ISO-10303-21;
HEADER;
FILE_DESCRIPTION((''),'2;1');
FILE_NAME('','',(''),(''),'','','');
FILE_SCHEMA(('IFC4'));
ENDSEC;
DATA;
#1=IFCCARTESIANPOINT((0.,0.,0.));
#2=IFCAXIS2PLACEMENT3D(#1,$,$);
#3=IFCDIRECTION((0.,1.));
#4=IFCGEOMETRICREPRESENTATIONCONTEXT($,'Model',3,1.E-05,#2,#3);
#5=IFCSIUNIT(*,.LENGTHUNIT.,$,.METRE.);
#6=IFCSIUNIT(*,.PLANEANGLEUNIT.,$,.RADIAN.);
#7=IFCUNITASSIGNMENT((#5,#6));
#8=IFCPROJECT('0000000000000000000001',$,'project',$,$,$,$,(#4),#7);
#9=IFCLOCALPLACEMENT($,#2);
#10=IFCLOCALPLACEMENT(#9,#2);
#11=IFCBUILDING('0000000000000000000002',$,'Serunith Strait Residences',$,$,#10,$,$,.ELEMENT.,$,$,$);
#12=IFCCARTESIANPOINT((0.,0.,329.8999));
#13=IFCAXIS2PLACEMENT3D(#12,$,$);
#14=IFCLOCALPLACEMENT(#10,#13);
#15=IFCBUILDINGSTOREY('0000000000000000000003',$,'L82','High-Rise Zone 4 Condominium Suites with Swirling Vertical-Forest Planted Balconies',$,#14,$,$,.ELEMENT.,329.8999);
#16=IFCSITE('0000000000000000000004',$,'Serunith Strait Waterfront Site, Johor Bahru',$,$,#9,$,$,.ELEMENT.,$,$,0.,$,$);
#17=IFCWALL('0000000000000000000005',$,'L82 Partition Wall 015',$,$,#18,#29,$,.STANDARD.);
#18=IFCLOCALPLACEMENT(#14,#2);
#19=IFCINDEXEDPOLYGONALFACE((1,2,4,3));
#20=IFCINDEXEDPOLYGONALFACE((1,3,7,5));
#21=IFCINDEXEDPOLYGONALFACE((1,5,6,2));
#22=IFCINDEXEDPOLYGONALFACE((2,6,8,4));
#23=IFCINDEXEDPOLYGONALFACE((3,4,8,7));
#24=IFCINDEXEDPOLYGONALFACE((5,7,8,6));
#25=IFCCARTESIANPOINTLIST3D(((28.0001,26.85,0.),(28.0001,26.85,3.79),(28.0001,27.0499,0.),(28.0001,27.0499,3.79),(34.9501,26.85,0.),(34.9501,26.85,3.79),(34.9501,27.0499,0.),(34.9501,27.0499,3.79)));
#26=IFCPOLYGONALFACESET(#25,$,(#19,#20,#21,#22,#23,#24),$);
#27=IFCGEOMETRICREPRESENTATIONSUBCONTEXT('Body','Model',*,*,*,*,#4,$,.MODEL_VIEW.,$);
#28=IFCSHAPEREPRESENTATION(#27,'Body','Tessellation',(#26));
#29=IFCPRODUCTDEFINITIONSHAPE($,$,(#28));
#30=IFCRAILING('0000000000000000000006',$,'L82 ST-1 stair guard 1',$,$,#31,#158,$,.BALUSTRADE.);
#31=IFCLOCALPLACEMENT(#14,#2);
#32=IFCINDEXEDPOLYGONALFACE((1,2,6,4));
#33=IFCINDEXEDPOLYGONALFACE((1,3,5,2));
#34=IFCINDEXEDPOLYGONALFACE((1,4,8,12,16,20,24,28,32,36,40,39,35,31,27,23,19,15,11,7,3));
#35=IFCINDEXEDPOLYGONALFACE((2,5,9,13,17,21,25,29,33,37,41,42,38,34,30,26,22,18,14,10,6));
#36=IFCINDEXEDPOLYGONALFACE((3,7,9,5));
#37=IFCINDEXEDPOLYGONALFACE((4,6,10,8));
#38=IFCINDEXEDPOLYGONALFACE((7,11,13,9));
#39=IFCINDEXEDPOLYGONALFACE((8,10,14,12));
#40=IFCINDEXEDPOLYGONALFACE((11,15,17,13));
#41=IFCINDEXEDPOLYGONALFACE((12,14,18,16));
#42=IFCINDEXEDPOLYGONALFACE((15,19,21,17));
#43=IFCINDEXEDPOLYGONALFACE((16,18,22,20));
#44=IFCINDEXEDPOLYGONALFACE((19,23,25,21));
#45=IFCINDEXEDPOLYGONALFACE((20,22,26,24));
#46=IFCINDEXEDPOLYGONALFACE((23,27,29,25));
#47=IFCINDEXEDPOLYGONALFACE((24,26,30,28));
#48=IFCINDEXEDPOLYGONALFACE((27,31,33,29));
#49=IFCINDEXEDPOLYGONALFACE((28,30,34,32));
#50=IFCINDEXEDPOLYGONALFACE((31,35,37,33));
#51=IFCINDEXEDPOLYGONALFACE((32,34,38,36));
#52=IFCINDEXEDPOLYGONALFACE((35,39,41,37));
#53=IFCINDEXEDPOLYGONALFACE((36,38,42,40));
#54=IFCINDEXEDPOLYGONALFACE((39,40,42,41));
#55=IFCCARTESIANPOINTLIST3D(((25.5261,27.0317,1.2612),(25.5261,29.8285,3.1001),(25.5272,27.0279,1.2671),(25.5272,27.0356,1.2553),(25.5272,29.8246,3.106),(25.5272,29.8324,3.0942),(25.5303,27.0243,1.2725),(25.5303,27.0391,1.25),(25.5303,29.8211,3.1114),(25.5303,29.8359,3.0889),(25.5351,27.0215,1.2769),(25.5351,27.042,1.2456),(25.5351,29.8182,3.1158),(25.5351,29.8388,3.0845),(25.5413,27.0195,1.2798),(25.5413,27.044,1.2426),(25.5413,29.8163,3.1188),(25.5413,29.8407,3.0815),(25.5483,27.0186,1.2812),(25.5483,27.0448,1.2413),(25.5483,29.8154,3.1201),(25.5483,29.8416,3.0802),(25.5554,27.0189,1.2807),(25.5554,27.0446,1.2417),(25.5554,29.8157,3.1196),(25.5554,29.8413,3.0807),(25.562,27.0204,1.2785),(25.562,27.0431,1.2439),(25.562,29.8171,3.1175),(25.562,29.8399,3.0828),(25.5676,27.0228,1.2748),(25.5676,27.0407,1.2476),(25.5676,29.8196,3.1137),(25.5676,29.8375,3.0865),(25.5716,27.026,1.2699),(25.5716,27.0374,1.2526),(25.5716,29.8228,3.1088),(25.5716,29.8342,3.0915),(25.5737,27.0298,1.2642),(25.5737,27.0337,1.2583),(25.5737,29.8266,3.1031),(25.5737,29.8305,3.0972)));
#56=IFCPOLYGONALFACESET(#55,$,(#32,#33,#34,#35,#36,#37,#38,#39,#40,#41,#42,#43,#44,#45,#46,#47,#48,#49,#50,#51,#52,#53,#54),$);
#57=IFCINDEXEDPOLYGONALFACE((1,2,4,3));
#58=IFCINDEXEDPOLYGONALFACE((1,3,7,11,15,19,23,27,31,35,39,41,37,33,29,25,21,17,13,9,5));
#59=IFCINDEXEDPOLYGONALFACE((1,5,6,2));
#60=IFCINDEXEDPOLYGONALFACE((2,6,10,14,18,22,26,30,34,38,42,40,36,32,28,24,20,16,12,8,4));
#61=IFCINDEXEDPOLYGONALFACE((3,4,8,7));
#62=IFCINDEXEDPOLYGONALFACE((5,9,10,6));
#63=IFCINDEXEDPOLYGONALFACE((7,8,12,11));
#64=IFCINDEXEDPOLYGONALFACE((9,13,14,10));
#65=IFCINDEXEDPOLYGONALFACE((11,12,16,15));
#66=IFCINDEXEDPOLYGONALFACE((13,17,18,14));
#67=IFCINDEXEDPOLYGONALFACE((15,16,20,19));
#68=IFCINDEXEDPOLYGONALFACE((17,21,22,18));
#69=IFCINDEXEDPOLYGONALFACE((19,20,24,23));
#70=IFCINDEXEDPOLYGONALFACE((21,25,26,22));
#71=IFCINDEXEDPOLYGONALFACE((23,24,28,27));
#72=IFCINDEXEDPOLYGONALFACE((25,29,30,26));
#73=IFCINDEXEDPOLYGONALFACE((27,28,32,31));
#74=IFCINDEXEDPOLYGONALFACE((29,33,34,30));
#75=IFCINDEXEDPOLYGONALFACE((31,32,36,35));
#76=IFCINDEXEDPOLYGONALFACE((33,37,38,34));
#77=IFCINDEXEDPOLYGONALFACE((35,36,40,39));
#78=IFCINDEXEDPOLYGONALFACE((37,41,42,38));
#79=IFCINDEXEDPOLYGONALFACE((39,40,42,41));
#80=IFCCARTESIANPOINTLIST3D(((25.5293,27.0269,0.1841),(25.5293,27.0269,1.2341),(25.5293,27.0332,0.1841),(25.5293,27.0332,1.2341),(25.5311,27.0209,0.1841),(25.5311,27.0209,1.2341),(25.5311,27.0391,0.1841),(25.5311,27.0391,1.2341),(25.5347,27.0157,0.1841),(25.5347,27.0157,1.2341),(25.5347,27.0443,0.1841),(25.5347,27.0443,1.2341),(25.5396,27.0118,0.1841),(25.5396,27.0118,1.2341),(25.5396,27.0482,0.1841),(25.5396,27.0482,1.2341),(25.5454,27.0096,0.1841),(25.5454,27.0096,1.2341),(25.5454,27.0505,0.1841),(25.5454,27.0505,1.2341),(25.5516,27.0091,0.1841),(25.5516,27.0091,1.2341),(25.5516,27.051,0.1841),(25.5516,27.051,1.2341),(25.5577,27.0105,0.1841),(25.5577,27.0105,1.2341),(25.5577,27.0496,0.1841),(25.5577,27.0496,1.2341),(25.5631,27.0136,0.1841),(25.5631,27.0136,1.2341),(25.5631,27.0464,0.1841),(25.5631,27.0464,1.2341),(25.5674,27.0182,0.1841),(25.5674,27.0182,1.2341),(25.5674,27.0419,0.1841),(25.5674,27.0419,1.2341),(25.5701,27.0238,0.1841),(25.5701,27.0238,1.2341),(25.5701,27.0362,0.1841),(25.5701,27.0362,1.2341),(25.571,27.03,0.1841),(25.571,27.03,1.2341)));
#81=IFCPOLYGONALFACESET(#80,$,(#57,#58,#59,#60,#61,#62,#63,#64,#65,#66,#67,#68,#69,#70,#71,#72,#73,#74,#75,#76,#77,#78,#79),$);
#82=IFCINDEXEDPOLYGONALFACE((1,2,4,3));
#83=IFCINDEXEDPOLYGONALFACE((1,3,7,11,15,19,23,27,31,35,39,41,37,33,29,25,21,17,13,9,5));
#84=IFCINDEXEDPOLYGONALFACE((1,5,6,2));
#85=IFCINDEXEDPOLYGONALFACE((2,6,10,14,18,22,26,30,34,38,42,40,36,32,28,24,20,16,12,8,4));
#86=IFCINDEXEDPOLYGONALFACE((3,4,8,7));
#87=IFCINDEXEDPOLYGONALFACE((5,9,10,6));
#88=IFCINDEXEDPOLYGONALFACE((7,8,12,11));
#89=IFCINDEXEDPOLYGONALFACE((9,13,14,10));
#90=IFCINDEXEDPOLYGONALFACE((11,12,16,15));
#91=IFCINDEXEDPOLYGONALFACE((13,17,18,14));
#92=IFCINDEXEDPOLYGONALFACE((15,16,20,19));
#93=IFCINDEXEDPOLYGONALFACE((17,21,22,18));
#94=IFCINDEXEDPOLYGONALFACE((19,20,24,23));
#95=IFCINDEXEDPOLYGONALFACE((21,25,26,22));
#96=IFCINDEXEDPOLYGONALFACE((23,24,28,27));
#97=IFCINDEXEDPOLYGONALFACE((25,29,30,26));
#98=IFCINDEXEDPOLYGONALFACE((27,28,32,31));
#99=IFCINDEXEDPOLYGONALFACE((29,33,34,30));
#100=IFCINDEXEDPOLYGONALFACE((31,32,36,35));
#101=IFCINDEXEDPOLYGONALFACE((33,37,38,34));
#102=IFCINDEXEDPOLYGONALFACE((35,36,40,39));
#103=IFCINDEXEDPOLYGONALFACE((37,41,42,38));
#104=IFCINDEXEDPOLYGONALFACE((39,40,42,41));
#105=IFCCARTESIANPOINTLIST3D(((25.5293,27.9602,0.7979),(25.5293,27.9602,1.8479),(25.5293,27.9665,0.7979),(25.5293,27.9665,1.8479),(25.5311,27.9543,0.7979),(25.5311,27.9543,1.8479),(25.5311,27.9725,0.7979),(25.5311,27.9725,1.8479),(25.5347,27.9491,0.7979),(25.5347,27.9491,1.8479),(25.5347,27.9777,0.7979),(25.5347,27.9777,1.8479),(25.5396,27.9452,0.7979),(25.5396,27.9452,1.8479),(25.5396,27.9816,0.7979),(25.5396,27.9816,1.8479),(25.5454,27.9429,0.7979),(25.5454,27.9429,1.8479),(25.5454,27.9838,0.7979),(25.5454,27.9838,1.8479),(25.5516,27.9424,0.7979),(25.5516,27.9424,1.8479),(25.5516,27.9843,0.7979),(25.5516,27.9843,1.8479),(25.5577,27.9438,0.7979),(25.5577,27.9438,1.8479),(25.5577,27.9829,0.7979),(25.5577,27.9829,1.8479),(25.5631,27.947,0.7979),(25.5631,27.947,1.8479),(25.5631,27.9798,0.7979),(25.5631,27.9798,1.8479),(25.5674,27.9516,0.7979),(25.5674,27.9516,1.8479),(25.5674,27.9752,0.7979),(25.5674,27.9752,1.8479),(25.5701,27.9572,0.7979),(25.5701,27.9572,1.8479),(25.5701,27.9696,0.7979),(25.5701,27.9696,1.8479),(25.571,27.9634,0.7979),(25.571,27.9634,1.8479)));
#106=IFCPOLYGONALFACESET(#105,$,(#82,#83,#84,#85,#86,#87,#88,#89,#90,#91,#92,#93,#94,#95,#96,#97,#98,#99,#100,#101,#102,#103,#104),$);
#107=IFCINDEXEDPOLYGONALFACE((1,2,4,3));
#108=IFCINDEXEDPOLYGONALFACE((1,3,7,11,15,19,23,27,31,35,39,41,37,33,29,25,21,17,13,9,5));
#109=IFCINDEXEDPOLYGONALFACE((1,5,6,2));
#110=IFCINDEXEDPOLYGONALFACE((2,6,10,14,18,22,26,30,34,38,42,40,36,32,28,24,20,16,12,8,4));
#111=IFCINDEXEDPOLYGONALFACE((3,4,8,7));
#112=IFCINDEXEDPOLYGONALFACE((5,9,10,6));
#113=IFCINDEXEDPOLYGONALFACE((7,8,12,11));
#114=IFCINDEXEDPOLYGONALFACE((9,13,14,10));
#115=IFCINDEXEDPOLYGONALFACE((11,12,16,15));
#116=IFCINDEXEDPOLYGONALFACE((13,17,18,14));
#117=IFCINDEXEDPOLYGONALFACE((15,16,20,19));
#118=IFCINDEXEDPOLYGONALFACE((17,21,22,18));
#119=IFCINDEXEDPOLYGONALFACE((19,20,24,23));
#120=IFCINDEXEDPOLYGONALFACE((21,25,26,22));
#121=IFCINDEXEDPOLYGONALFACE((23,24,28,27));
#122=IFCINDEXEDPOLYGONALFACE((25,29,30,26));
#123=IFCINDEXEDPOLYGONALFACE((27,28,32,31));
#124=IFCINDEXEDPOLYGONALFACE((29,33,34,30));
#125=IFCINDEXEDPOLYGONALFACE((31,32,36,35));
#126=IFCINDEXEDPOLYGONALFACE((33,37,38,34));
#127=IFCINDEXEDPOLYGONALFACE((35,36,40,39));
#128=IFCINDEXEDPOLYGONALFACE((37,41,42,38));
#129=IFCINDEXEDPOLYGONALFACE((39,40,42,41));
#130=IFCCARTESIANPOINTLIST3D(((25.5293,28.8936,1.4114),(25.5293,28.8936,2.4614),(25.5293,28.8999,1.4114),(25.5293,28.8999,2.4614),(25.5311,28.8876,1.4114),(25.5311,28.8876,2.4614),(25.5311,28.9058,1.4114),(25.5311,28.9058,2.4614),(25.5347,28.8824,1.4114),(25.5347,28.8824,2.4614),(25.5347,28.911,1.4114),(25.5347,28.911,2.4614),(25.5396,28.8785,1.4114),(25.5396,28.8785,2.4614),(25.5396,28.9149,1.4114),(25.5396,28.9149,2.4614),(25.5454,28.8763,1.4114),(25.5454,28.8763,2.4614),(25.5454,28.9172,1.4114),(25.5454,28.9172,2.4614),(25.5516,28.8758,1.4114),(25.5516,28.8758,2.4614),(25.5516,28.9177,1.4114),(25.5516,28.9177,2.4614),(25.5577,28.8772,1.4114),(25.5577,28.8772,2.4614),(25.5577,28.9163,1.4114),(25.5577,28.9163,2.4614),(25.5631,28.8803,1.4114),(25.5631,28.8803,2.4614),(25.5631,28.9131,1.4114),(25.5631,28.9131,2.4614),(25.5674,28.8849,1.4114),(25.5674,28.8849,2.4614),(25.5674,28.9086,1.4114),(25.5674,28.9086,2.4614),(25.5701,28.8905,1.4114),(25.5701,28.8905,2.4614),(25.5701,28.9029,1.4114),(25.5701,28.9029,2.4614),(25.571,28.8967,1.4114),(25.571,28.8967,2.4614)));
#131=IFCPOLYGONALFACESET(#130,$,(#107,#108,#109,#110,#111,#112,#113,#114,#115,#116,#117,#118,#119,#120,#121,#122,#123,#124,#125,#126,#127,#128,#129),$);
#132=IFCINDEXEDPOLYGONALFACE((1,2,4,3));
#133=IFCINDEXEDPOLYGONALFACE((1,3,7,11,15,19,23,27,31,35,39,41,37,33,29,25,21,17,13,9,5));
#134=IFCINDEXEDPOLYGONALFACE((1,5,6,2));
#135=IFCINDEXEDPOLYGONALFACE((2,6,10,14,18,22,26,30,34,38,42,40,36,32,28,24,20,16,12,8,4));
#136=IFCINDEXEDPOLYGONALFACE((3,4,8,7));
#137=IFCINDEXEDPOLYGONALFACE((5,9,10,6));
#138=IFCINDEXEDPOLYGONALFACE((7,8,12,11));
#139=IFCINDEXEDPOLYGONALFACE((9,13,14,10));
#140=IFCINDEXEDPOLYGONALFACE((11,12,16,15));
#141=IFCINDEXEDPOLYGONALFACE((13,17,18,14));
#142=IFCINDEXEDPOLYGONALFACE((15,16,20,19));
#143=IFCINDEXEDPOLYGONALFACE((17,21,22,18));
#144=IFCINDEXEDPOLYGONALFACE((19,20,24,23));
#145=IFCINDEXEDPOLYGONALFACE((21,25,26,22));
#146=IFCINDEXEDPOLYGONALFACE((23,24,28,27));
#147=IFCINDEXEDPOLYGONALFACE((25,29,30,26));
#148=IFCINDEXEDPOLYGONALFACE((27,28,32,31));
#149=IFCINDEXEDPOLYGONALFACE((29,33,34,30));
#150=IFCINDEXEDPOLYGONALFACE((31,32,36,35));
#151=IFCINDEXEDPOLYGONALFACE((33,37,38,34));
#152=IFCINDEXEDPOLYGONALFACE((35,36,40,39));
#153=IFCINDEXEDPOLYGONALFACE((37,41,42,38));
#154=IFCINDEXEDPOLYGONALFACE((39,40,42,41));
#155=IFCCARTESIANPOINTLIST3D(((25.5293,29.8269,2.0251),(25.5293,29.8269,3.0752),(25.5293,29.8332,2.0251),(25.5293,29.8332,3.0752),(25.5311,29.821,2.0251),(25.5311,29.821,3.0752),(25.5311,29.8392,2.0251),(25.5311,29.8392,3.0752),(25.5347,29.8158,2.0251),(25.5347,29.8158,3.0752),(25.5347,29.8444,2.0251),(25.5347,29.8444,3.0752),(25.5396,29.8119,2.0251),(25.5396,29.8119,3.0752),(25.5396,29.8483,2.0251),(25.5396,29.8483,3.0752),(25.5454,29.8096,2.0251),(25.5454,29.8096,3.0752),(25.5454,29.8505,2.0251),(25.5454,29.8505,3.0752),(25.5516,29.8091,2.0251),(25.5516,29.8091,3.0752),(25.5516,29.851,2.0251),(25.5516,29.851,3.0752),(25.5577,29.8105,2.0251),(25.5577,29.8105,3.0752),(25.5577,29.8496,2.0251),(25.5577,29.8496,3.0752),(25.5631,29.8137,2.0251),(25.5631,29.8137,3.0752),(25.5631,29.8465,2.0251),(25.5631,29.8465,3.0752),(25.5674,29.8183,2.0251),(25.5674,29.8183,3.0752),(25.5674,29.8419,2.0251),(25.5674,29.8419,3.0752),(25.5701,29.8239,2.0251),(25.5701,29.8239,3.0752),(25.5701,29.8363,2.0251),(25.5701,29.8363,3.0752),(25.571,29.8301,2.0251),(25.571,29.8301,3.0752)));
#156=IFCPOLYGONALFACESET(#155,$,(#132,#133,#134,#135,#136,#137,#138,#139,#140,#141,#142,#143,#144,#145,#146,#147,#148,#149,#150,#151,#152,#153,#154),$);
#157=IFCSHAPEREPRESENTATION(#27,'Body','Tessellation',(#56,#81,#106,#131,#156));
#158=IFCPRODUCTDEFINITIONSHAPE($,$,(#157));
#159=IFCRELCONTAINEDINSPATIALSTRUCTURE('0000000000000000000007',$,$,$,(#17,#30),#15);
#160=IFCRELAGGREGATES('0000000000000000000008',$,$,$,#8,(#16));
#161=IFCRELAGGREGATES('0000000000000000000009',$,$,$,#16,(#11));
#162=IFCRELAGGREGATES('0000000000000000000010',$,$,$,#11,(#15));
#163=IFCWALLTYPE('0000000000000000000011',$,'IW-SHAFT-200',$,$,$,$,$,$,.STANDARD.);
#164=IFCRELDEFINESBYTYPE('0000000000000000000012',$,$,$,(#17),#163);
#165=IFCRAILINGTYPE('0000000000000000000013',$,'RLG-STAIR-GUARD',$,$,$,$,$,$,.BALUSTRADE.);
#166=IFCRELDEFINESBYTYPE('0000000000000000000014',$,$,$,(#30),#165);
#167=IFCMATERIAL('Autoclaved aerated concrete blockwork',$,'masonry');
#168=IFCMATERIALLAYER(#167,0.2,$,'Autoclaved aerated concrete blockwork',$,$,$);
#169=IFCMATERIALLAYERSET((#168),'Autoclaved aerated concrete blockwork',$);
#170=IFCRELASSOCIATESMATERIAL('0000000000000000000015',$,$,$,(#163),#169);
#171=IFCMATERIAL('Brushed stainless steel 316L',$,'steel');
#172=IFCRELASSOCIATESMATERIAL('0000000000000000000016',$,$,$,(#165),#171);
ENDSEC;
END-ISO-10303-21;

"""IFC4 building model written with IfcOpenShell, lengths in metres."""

from ifc_helpers import new_model, si_unit, direction, frame, frame_2d, origin, origin_2d, place, context, subcontext, project, spatial, rectangle, circle, extrude, material, layer, layer_set, type_object, element, save


model = new_model("IFC4")

# Units and contexts
model_context = context("Model", 3, precision=1e-05, world=origin(), true_north=direction((0.0, 1.0)))
body_context = subcontext(model_context, "Body", "Model", "MODEL_VIEW")
ifc_project = project(units=[si_unit("LENGTHUNIT", "METRE"), si_unit("PLANEANGLEUNIT", "RADIAN")], contexts=[model_context])

# Site, building, storey
site_placement = place(None, origin())
site = spatial("IfcSite", under=ifc_project, at=site_placement, Name="Serunith Strait Waterfront Site, Johor Bahru", CompositionType="ELEMENT", RefElevation=0.0)
building_placement = place(site_placement, origin())
building = spatial("IfcBuilding", under=site, at=building_placement, Name="Serunith Strait Residences", CompositionType="ELEMENT")
storey_placement = place(building_placement, frame((0.0, 0.0, 329.8999)))
storey = spatial("IfcBuildingStorey", under=building, at=storey_placement, Name="L82", Description="High-Rise Zone 4 Condominium Suites with Swirling Vertical-Forest Planted Balconies", CompositionType="ELEMENT", Elevation=329.8999)

# Shared definitions
ifc_material_1 = material(Name="Autoclaved aerated concrete blockwork", Category="masonry")
ifc_layer_1 = layer(ifc_material_1, 0.2, Name="Autoclaved aerated concrete blockwork")
ifc_layer_set_1 = layer_set([ifc_layer_1], Name="Autoclaved aerated concrete blockwork")
wall_type_1 = type_object("IfcWallType", Name="IW-SHAFT-200", PredefinedType="STANDARD", material=ifc_layer_set_1)

# Wall
wall_1_placement = place(storey_placement, frame((28.0, 26.95, 0.0), z_axis=(0.0, 0.0, 1.0), x_axis=(1.0, 0.0, 0.0)))
element("IfcWall", 1, at=wall_1_placement, inside=storey, type_object=wall_type_1, Name="L82 Partition Wall 015", PredefinedType="STANDARD", context=body_context, shape_type="SweptSolid", body=[
    extrude(rectangle(XDim=6.95, YDim=0.2, at=frame_2d((3.4751, 0.0))), origin(), (0.0, 0.0, 1.0), 3.79),
])

# Railing
ifc_material_2 = material(Name="Brushed stainless steel 316L", Category="steel")
railing_type_1 = type_object("IfcRailingType", Name="RLG-STAIR-GUARD", PredefinedType="BALUSTRADE", material=ifc_material_2)
railing_1_placement = place(storey_placement, frame((25.55, 27.03, 0.1841)))
element("IfcRailing", 2, at=railing_1_placement, inside=storey, type_object=railing_type_1, Name="L82 ST-1 stair guard 1", PredefinedType="BALUSTRADE", context=body_context, shape_type="SweptSolid", body=[
    extrude(circle(Radius=0.0239, at=origin_2d()), frame((0.0, 0.0017, 1.0771), z_axis=(0.0, 0.835564, 0.549393), x_axis=(-1.0, 0.0, 0.0)), (0.0, 0.0, 1.0), 3.3472),
    extrude(circle(Radius=0.021, at=origin_2d()), origin(), (0.0, 0.0, 1.0), 1.05),
    extrude(circle(Radius=0.021, at=origin_2d()), frame((0.0, 0.9333, 0.6138)), (0.0, 0.0, 1.0), 1.05),
    extrude(circle(Radius=0.021, at=origin_2d()), frame((0.0, 1.8667, 1.2273)), (0.0, 0.0, 1.0), 1.05),
    extrude(circle(Radius=0.021, at=origin_2d()), frame((0.0, 2.8, 1.8411)), (0.0, 0.0, 1.0), 1.05),
])

save(model, "model.ifc")
